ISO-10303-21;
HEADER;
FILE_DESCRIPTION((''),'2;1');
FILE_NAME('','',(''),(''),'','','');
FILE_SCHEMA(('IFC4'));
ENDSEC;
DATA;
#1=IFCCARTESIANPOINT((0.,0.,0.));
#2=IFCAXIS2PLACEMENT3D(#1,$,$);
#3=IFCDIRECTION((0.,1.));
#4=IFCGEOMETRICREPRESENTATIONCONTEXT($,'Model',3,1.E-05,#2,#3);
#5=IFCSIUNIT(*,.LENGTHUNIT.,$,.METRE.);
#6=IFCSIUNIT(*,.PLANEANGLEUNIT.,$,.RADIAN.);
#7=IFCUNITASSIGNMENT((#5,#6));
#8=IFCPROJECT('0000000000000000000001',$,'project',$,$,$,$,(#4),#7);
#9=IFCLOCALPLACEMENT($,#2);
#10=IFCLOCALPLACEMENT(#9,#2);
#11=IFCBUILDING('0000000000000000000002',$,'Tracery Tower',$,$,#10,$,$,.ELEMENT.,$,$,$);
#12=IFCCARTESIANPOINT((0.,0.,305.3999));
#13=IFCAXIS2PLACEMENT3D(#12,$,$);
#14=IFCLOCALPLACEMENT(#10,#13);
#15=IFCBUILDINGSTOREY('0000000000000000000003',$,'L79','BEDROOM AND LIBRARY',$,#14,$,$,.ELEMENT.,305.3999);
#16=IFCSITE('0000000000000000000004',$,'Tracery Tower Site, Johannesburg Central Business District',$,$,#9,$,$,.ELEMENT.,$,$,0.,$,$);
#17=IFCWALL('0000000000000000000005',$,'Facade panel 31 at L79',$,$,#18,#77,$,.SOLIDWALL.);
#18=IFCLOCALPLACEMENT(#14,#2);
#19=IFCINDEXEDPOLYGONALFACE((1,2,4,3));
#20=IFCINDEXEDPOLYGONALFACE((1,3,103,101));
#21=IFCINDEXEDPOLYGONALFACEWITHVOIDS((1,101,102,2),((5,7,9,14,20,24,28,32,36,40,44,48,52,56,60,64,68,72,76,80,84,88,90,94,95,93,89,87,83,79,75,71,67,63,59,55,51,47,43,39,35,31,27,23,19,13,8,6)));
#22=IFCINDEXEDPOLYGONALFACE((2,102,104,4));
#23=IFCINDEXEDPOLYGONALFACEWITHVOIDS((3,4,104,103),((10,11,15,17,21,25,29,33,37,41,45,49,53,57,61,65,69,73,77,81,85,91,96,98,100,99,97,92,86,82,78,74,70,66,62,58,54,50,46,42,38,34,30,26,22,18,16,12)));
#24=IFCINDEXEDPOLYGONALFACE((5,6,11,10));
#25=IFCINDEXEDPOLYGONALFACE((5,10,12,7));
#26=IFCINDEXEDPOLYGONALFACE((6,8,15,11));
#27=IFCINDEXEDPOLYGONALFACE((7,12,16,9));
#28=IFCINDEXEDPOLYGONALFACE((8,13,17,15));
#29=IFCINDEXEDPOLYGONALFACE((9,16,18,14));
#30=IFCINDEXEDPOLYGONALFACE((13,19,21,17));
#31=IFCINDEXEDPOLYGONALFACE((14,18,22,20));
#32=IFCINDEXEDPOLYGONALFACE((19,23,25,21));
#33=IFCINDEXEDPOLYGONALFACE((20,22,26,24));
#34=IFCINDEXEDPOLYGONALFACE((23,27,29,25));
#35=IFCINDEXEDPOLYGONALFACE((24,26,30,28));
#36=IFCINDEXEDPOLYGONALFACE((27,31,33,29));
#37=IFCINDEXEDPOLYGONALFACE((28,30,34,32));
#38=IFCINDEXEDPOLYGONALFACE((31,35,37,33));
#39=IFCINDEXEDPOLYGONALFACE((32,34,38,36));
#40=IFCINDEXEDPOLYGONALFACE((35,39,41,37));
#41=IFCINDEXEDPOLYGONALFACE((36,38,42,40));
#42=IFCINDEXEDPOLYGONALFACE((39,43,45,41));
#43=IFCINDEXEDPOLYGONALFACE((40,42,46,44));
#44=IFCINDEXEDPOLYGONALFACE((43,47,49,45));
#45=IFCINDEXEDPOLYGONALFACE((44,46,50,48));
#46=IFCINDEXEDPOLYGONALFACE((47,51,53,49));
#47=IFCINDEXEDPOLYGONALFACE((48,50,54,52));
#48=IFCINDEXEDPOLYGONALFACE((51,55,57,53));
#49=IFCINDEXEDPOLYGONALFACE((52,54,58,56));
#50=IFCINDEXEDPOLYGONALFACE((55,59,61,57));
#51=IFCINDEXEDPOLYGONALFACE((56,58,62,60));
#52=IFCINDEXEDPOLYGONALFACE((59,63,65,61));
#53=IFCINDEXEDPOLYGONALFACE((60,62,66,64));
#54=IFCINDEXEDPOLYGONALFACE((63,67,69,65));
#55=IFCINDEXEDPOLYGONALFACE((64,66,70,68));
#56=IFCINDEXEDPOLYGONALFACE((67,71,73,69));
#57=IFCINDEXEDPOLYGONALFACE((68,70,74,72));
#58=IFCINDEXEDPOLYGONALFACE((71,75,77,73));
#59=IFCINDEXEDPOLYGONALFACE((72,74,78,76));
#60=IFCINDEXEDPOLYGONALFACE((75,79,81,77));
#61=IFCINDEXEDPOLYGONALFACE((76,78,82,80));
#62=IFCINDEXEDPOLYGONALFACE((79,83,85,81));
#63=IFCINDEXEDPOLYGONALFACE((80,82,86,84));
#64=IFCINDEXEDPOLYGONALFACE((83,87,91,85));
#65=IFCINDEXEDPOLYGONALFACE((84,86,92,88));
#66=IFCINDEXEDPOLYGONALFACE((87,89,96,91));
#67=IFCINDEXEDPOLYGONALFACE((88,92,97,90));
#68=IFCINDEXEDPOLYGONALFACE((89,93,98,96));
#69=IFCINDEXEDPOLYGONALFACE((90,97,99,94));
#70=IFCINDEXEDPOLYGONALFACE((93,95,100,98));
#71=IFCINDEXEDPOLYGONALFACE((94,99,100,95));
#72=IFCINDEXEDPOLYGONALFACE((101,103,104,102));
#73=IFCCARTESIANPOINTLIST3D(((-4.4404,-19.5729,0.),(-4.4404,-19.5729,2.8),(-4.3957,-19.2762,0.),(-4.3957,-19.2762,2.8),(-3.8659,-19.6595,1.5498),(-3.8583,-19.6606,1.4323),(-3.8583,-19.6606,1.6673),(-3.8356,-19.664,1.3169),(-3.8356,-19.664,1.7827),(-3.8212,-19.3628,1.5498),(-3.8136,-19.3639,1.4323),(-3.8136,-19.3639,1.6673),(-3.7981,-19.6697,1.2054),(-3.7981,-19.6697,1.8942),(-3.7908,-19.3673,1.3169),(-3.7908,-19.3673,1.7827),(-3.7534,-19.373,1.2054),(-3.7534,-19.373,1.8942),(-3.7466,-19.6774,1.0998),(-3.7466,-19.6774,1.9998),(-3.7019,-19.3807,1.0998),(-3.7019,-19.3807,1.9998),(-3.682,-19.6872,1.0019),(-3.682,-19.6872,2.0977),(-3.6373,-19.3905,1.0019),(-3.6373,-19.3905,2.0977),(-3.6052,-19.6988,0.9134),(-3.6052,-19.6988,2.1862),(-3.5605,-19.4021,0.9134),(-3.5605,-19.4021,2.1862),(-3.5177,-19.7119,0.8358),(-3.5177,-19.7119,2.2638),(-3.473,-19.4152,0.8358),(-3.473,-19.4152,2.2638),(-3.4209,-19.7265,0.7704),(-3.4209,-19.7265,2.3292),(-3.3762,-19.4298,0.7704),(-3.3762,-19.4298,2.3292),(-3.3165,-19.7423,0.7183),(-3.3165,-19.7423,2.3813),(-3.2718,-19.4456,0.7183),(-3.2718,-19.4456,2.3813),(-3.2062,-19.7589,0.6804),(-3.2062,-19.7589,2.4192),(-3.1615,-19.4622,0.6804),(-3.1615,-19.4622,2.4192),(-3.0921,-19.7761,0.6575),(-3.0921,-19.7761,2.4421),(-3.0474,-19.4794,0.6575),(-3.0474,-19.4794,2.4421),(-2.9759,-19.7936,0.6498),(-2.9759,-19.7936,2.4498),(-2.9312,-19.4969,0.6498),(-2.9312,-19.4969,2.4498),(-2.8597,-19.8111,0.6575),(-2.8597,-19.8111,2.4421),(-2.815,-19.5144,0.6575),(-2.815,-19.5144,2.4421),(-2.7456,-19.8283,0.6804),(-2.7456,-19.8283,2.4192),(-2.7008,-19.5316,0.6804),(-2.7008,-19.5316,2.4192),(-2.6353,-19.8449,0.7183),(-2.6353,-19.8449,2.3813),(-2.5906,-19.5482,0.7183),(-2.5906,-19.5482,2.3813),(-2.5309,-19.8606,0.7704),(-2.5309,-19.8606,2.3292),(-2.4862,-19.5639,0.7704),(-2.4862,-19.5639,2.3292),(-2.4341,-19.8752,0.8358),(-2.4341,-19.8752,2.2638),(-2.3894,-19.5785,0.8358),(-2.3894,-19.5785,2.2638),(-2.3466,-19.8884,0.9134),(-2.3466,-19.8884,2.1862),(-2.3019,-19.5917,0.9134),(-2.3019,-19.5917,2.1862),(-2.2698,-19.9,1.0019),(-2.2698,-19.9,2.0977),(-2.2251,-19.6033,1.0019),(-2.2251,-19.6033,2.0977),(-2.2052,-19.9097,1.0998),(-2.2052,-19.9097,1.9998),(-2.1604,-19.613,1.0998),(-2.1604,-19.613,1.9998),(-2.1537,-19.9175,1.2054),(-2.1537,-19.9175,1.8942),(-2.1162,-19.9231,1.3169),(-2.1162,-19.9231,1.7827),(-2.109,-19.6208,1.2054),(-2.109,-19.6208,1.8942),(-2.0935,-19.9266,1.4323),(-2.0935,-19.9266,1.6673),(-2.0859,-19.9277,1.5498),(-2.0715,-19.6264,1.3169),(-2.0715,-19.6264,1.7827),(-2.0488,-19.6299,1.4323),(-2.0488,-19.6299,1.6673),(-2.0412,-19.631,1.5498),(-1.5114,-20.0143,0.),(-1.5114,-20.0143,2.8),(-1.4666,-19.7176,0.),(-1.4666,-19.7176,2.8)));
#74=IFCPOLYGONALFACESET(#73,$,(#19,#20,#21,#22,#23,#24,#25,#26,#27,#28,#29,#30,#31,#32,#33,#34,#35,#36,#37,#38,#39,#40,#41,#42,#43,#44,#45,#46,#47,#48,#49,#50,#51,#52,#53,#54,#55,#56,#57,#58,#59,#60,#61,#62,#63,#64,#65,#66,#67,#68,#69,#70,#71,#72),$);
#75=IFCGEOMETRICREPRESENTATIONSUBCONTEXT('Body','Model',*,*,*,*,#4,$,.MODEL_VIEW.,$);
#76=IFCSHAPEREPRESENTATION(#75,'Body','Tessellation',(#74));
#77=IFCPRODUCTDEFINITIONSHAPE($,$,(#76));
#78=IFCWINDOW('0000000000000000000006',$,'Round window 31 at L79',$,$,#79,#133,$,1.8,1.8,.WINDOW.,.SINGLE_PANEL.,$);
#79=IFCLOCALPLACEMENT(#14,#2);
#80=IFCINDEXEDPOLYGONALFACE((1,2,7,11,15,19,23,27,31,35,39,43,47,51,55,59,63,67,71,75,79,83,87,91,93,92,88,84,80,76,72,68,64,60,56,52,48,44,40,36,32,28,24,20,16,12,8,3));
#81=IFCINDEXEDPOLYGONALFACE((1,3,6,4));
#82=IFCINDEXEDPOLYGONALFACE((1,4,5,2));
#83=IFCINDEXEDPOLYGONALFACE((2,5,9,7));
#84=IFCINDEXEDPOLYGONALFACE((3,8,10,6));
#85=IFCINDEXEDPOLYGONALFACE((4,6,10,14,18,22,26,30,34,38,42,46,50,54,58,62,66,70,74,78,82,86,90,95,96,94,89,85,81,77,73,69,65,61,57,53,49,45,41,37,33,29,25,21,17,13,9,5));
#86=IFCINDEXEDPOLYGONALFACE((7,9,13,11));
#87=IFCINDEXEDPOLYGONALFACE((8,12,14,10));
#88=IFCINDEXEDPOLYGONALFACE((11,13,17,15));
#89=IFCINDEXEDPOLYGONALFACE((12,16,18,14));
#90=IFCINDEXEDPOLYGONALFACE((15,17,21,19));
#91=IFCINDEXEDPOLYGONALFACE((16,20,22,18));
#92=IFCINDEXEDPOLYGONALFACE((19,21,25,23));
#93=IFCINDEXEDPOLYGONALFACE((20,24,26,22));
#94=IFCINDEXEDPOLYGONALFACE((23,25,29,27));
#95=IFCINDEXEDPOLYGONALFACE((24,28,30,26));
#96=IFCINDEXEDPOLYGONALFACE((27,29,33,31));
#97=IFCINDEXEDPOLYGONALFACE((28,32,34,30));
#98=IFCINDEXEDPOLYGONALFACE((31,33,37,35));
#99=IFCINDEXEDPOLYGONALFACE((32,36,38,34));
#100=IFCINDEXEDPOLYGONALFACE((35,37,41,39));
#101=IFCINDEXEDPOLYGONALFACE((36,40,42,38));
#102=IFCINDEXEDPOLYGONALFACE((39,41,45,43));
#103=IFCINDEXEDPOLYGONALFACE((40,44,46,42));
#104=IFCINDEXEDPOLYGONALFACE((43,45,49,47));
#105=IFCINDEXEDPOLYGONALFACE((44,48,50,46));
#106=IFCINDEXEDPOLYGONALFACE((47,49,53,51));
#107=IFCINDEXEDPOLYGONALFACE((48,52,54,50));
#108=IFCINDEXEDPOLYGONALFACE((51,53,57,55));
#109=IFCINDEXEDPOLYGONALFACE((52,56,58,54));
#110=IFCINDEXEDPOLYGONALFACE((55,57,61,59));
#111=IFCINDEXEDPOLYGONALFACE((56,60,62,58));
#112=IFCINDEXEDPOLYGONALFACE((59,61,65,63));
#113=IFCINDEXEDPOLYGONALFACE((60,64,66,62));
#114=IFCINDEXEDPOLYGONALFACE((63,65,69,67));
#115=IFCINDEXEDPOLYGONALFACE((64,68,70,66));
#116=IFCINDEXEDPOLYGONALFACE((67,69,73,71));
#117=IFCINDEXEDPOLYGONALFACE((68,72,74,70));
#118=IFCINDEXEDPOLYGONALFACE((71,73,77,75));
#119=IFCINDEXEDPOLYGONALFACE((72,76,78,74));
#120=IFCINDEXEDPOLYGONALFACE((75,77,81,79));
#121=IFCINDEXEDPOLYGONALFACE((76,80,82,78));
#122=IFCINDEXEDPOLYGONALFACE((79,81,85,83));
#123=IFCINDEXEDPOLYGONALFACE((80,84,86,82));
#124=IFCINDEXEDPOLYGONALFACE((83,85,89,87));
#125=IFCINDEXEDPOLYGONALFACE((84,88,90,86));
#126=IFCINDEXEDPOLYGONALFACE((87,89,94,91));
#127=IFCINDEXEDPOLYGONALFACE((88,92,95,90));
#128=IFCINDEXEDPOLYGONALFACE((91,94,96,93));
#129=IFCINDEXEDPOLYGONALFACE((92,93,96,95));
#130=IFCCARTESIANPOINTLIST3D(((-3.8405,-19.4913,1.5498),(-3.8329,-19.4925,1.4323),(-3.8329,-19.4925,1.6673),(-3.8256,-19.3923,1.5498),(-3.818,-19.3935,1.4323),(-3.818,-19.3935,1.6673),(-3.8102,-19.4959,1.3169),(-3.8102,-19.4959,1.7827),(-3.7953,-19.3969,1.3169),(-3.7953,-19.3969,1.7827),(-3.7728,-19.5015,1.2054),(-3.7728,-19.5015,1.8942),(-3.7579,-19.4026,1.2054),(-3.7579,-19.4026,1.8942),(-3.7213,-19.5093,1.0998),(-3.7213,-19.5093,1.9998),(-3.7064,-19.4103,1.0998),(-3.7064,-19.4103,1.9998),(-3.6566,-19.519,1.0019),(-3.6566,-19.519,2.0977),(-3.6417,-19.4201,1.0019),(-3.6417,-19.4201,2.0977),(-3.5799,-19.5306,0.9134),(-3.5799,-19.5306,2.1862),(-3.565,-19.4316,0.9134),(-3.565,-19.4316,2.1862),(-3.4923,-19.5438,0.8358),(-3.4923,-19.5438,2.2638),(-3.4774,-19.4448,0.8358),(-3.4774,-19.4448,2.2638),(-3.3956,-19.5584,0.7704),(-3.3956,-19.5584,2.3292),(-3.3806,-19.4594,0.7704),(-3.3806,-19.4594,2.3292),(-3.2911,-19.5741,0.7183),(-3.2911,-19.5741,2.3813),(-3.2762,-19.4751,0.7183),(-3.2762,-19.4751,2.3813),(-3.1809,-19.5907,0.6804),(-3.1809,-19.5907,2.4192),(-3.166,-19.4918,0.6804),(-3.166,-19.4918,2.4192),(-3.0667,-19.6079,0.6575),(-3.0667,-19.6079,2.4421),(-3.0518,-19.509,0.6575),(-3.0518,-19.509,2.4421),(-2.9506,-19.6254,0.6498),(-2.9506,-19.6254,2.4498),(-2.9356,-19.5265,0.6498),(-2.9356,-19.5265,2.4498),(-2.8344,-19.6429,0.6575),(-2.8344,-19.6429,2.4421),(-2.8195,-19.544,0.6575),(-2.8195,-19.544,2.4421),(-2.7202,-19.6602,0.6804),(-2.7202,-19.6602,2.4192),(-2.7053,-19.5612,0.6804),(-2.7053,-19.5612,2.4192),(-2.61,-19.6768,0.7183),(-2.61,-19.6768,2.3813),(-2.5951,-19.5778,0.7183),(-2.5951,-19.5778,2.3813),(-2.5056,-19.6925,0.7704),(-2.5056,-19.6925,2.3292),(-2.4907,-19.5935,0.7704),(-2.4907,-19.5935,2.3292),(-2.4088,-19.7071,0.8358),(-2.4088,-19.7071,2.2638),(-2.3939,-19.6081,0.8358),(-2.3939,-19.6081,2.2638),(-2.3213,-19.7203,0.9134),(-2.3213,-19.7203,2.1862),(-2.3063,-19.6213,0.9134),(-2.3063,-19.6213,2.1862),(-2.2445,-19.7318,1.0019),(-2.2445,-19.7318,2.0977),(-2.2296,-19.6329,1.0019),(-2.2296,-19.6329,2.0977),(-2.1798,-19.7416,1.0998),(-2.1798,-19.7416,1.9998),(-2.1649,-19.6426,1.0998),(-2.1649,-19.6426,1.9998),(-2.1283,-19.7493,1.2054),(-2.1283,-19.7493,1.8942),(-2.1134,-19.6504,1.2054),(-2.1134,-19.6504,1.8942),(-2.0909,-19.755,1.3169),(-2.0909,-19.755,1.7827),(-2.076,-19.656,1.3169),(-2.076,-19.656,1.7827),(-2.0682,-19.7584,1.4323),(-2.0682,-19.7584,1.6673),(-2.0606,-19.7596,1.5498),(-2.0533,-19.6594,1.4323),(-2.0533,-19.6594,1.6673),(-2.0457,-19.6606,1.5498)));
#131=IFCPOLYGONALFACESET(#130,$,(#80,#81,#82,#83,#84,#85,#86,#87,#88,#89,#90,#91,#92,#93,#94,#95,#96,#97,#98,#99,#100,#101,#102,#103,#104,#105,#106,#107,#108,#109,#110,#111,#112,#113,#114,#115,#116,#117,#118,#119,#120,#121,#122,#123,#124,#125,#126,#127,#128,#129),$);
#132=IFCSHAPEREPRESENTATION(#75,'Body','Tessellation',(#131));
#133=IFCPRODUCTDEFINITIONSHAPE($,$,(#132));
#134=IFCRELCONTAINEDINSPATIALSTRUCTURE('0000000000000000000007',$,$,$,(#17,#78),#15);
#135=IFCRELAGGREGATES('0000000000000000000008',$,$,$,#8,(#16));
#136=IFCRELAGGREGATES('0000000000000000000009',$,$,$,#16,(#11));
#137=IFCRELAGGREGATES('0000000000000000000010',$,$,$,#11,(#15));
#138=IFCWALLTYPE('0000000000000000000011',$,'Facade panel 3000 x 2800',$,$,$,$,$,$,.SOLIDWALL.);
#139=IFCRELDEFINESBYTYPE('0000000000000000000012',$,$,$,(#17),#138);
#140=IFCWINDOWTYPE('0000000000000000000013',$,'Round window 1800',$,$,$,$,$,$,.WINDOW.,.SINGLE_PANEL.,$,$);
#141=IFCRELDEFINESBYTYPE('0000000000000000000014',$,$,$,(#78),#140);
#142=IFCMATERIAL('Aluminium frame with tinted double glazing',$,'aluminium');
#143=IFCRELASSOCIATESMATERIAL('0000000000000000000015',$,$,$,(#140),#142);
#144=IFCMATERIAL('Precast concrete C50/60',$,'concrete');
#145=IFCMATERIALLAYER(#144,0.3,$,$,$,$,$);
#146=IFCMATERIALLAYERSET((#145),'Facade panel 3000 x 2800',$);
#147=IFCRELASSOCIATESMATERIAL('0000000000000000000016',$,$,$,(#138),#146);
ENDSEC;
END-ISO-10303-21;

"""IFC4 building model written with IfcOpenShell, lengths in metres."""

from ifc_helpers import new_model, si_unit, direction, frame, frame_2d, origin, origin_2d, place, context, subcontext, project, spatial, rectangle, circle, extrude, material, layer, layer_set, type_object, element, fill, save


model = new_model("IFC4")

# Units and contexts
model_context = context("Model", 3, precision=1e-05, world=origin(), true_north=direction((0.0, 1.0)))
body_context = subcontext(model_context, "Body", "Model", "MODEL_VIEW")
ifc_project = project(units=[si_unit("LENGTHUNIT", "METRE"), si_unit("PLANEANGLEUNIT", "RADIAN")], contexts=[model_context])

# Site, building, storey
site_placement = place(None, origin())
site = spatial("IfcSite", under=ifc_project, at=site_placement, Name="Tracery Tower Site, Johannesburg Central Business District", CompositionType="ELEMENT", RefElevation=0.0)
building_placement = place(site_placement, origin())
building = spatial("IfcBuilding", under=site, at=building_placement, Name="Tracery Tower", CompositionType="ELEMENT")
storey_placement = place(building_placement, frame((0.0, 0.0, 305.3999)))
storey = spatial("IfcBuildingStorey", under=building, at=storey_placement, Name="L79", Description="BEDROOM AND LIBRARY", CompositionType="ELEMENT", Elevation=305.3999)

# Wall, opening, window
ifc_material_1 = material(Name="Aluminium frame with tinted double glazing", Category="aluminium")
window_type = type_object("IfcWindowType", Name="Round window 1800", PartitioningType="SINGLE_PANEL", PredefinedType="WINDOW", material=ifc_material_1)
ifc_material_2 = material(Name="Precast concrete C50/60", Category="concrete")
ifc_layer_1 = layer(ifc_material_2, 0.3)
ifc_layer_set_1 = layer_set([ifc_layer_1], Name="Facade panel 3000 x 2800")
wall_type_1 = type_object("IfcWallType", Name="Facade panel 3000 x 2800", PredefinedType="SOLIDWALL", material=ifc_layer_set_1)
wall_1_placement = place(storey_placement, frame((-4.418, -19.4246, 0.0), z_axis=(0.0, 0.0, 1.0), x_axis=(0.988836, -0.149009, 0.0)))
wall_1 = element("IfcWall", 1, at=wall_1_placement, inside=storey, type_object=wall_type_1, Name="Facade panel 31 at L79", PredefinedType="SOLIDWALL", context=body_context, shape_type="SweptSolid", body=[
    extrude(rectangle(XDim=2.9622, YDim=0.3, at=frame_2d((1.481, 0.0))), origin(), (0.0, 0.0, 1.0), 2.8),
])
opening_1_placement = place(wall_1_placement, frame((1.481, 0.0, 1.5498)))
opening_1 = element("IfcOpeningElement", 2, at=opening_1_placement, cuts=wall_1, PredefinedType="OPENING", context=body_context, shape_type="SweptSolid", body=[
    extrude(circle(Radius=0.9, at=origin_2d()), frame((0.0, 0.1599, 0.0), z_axis=(0.0, -1.0, 0.0), x_axis=(1.0, 0.0, 0.0)), (0.0, 0.0, 1.0), 0.3201),
])
window_1_placement = place(opening_1_placement, origin())
window_1 = element("IfcWindow", 3, at=window_1_placement, inside=storey, type_object=window_type, Name="Round window 31 at L79", OverallHeight=1.8, OverallWidth=1.8, PartitioningType="SINGLE_PANEL", PredefinedType="WINDOW", context=body_context, shape_type="SweptSolid", body=[
    extrude(circle(Radius=0.9, at=origin_2d()), frame((0.0, 0.1201, 0.0), z_axis=(0.0, -1.0, 0.0), x_axis=(1.0, 0.0, 0.0)), (0.0, 0.0, 1.0), 0.1001),
])
fill(opening_1, window_1)

save(model, "model.ifc")
